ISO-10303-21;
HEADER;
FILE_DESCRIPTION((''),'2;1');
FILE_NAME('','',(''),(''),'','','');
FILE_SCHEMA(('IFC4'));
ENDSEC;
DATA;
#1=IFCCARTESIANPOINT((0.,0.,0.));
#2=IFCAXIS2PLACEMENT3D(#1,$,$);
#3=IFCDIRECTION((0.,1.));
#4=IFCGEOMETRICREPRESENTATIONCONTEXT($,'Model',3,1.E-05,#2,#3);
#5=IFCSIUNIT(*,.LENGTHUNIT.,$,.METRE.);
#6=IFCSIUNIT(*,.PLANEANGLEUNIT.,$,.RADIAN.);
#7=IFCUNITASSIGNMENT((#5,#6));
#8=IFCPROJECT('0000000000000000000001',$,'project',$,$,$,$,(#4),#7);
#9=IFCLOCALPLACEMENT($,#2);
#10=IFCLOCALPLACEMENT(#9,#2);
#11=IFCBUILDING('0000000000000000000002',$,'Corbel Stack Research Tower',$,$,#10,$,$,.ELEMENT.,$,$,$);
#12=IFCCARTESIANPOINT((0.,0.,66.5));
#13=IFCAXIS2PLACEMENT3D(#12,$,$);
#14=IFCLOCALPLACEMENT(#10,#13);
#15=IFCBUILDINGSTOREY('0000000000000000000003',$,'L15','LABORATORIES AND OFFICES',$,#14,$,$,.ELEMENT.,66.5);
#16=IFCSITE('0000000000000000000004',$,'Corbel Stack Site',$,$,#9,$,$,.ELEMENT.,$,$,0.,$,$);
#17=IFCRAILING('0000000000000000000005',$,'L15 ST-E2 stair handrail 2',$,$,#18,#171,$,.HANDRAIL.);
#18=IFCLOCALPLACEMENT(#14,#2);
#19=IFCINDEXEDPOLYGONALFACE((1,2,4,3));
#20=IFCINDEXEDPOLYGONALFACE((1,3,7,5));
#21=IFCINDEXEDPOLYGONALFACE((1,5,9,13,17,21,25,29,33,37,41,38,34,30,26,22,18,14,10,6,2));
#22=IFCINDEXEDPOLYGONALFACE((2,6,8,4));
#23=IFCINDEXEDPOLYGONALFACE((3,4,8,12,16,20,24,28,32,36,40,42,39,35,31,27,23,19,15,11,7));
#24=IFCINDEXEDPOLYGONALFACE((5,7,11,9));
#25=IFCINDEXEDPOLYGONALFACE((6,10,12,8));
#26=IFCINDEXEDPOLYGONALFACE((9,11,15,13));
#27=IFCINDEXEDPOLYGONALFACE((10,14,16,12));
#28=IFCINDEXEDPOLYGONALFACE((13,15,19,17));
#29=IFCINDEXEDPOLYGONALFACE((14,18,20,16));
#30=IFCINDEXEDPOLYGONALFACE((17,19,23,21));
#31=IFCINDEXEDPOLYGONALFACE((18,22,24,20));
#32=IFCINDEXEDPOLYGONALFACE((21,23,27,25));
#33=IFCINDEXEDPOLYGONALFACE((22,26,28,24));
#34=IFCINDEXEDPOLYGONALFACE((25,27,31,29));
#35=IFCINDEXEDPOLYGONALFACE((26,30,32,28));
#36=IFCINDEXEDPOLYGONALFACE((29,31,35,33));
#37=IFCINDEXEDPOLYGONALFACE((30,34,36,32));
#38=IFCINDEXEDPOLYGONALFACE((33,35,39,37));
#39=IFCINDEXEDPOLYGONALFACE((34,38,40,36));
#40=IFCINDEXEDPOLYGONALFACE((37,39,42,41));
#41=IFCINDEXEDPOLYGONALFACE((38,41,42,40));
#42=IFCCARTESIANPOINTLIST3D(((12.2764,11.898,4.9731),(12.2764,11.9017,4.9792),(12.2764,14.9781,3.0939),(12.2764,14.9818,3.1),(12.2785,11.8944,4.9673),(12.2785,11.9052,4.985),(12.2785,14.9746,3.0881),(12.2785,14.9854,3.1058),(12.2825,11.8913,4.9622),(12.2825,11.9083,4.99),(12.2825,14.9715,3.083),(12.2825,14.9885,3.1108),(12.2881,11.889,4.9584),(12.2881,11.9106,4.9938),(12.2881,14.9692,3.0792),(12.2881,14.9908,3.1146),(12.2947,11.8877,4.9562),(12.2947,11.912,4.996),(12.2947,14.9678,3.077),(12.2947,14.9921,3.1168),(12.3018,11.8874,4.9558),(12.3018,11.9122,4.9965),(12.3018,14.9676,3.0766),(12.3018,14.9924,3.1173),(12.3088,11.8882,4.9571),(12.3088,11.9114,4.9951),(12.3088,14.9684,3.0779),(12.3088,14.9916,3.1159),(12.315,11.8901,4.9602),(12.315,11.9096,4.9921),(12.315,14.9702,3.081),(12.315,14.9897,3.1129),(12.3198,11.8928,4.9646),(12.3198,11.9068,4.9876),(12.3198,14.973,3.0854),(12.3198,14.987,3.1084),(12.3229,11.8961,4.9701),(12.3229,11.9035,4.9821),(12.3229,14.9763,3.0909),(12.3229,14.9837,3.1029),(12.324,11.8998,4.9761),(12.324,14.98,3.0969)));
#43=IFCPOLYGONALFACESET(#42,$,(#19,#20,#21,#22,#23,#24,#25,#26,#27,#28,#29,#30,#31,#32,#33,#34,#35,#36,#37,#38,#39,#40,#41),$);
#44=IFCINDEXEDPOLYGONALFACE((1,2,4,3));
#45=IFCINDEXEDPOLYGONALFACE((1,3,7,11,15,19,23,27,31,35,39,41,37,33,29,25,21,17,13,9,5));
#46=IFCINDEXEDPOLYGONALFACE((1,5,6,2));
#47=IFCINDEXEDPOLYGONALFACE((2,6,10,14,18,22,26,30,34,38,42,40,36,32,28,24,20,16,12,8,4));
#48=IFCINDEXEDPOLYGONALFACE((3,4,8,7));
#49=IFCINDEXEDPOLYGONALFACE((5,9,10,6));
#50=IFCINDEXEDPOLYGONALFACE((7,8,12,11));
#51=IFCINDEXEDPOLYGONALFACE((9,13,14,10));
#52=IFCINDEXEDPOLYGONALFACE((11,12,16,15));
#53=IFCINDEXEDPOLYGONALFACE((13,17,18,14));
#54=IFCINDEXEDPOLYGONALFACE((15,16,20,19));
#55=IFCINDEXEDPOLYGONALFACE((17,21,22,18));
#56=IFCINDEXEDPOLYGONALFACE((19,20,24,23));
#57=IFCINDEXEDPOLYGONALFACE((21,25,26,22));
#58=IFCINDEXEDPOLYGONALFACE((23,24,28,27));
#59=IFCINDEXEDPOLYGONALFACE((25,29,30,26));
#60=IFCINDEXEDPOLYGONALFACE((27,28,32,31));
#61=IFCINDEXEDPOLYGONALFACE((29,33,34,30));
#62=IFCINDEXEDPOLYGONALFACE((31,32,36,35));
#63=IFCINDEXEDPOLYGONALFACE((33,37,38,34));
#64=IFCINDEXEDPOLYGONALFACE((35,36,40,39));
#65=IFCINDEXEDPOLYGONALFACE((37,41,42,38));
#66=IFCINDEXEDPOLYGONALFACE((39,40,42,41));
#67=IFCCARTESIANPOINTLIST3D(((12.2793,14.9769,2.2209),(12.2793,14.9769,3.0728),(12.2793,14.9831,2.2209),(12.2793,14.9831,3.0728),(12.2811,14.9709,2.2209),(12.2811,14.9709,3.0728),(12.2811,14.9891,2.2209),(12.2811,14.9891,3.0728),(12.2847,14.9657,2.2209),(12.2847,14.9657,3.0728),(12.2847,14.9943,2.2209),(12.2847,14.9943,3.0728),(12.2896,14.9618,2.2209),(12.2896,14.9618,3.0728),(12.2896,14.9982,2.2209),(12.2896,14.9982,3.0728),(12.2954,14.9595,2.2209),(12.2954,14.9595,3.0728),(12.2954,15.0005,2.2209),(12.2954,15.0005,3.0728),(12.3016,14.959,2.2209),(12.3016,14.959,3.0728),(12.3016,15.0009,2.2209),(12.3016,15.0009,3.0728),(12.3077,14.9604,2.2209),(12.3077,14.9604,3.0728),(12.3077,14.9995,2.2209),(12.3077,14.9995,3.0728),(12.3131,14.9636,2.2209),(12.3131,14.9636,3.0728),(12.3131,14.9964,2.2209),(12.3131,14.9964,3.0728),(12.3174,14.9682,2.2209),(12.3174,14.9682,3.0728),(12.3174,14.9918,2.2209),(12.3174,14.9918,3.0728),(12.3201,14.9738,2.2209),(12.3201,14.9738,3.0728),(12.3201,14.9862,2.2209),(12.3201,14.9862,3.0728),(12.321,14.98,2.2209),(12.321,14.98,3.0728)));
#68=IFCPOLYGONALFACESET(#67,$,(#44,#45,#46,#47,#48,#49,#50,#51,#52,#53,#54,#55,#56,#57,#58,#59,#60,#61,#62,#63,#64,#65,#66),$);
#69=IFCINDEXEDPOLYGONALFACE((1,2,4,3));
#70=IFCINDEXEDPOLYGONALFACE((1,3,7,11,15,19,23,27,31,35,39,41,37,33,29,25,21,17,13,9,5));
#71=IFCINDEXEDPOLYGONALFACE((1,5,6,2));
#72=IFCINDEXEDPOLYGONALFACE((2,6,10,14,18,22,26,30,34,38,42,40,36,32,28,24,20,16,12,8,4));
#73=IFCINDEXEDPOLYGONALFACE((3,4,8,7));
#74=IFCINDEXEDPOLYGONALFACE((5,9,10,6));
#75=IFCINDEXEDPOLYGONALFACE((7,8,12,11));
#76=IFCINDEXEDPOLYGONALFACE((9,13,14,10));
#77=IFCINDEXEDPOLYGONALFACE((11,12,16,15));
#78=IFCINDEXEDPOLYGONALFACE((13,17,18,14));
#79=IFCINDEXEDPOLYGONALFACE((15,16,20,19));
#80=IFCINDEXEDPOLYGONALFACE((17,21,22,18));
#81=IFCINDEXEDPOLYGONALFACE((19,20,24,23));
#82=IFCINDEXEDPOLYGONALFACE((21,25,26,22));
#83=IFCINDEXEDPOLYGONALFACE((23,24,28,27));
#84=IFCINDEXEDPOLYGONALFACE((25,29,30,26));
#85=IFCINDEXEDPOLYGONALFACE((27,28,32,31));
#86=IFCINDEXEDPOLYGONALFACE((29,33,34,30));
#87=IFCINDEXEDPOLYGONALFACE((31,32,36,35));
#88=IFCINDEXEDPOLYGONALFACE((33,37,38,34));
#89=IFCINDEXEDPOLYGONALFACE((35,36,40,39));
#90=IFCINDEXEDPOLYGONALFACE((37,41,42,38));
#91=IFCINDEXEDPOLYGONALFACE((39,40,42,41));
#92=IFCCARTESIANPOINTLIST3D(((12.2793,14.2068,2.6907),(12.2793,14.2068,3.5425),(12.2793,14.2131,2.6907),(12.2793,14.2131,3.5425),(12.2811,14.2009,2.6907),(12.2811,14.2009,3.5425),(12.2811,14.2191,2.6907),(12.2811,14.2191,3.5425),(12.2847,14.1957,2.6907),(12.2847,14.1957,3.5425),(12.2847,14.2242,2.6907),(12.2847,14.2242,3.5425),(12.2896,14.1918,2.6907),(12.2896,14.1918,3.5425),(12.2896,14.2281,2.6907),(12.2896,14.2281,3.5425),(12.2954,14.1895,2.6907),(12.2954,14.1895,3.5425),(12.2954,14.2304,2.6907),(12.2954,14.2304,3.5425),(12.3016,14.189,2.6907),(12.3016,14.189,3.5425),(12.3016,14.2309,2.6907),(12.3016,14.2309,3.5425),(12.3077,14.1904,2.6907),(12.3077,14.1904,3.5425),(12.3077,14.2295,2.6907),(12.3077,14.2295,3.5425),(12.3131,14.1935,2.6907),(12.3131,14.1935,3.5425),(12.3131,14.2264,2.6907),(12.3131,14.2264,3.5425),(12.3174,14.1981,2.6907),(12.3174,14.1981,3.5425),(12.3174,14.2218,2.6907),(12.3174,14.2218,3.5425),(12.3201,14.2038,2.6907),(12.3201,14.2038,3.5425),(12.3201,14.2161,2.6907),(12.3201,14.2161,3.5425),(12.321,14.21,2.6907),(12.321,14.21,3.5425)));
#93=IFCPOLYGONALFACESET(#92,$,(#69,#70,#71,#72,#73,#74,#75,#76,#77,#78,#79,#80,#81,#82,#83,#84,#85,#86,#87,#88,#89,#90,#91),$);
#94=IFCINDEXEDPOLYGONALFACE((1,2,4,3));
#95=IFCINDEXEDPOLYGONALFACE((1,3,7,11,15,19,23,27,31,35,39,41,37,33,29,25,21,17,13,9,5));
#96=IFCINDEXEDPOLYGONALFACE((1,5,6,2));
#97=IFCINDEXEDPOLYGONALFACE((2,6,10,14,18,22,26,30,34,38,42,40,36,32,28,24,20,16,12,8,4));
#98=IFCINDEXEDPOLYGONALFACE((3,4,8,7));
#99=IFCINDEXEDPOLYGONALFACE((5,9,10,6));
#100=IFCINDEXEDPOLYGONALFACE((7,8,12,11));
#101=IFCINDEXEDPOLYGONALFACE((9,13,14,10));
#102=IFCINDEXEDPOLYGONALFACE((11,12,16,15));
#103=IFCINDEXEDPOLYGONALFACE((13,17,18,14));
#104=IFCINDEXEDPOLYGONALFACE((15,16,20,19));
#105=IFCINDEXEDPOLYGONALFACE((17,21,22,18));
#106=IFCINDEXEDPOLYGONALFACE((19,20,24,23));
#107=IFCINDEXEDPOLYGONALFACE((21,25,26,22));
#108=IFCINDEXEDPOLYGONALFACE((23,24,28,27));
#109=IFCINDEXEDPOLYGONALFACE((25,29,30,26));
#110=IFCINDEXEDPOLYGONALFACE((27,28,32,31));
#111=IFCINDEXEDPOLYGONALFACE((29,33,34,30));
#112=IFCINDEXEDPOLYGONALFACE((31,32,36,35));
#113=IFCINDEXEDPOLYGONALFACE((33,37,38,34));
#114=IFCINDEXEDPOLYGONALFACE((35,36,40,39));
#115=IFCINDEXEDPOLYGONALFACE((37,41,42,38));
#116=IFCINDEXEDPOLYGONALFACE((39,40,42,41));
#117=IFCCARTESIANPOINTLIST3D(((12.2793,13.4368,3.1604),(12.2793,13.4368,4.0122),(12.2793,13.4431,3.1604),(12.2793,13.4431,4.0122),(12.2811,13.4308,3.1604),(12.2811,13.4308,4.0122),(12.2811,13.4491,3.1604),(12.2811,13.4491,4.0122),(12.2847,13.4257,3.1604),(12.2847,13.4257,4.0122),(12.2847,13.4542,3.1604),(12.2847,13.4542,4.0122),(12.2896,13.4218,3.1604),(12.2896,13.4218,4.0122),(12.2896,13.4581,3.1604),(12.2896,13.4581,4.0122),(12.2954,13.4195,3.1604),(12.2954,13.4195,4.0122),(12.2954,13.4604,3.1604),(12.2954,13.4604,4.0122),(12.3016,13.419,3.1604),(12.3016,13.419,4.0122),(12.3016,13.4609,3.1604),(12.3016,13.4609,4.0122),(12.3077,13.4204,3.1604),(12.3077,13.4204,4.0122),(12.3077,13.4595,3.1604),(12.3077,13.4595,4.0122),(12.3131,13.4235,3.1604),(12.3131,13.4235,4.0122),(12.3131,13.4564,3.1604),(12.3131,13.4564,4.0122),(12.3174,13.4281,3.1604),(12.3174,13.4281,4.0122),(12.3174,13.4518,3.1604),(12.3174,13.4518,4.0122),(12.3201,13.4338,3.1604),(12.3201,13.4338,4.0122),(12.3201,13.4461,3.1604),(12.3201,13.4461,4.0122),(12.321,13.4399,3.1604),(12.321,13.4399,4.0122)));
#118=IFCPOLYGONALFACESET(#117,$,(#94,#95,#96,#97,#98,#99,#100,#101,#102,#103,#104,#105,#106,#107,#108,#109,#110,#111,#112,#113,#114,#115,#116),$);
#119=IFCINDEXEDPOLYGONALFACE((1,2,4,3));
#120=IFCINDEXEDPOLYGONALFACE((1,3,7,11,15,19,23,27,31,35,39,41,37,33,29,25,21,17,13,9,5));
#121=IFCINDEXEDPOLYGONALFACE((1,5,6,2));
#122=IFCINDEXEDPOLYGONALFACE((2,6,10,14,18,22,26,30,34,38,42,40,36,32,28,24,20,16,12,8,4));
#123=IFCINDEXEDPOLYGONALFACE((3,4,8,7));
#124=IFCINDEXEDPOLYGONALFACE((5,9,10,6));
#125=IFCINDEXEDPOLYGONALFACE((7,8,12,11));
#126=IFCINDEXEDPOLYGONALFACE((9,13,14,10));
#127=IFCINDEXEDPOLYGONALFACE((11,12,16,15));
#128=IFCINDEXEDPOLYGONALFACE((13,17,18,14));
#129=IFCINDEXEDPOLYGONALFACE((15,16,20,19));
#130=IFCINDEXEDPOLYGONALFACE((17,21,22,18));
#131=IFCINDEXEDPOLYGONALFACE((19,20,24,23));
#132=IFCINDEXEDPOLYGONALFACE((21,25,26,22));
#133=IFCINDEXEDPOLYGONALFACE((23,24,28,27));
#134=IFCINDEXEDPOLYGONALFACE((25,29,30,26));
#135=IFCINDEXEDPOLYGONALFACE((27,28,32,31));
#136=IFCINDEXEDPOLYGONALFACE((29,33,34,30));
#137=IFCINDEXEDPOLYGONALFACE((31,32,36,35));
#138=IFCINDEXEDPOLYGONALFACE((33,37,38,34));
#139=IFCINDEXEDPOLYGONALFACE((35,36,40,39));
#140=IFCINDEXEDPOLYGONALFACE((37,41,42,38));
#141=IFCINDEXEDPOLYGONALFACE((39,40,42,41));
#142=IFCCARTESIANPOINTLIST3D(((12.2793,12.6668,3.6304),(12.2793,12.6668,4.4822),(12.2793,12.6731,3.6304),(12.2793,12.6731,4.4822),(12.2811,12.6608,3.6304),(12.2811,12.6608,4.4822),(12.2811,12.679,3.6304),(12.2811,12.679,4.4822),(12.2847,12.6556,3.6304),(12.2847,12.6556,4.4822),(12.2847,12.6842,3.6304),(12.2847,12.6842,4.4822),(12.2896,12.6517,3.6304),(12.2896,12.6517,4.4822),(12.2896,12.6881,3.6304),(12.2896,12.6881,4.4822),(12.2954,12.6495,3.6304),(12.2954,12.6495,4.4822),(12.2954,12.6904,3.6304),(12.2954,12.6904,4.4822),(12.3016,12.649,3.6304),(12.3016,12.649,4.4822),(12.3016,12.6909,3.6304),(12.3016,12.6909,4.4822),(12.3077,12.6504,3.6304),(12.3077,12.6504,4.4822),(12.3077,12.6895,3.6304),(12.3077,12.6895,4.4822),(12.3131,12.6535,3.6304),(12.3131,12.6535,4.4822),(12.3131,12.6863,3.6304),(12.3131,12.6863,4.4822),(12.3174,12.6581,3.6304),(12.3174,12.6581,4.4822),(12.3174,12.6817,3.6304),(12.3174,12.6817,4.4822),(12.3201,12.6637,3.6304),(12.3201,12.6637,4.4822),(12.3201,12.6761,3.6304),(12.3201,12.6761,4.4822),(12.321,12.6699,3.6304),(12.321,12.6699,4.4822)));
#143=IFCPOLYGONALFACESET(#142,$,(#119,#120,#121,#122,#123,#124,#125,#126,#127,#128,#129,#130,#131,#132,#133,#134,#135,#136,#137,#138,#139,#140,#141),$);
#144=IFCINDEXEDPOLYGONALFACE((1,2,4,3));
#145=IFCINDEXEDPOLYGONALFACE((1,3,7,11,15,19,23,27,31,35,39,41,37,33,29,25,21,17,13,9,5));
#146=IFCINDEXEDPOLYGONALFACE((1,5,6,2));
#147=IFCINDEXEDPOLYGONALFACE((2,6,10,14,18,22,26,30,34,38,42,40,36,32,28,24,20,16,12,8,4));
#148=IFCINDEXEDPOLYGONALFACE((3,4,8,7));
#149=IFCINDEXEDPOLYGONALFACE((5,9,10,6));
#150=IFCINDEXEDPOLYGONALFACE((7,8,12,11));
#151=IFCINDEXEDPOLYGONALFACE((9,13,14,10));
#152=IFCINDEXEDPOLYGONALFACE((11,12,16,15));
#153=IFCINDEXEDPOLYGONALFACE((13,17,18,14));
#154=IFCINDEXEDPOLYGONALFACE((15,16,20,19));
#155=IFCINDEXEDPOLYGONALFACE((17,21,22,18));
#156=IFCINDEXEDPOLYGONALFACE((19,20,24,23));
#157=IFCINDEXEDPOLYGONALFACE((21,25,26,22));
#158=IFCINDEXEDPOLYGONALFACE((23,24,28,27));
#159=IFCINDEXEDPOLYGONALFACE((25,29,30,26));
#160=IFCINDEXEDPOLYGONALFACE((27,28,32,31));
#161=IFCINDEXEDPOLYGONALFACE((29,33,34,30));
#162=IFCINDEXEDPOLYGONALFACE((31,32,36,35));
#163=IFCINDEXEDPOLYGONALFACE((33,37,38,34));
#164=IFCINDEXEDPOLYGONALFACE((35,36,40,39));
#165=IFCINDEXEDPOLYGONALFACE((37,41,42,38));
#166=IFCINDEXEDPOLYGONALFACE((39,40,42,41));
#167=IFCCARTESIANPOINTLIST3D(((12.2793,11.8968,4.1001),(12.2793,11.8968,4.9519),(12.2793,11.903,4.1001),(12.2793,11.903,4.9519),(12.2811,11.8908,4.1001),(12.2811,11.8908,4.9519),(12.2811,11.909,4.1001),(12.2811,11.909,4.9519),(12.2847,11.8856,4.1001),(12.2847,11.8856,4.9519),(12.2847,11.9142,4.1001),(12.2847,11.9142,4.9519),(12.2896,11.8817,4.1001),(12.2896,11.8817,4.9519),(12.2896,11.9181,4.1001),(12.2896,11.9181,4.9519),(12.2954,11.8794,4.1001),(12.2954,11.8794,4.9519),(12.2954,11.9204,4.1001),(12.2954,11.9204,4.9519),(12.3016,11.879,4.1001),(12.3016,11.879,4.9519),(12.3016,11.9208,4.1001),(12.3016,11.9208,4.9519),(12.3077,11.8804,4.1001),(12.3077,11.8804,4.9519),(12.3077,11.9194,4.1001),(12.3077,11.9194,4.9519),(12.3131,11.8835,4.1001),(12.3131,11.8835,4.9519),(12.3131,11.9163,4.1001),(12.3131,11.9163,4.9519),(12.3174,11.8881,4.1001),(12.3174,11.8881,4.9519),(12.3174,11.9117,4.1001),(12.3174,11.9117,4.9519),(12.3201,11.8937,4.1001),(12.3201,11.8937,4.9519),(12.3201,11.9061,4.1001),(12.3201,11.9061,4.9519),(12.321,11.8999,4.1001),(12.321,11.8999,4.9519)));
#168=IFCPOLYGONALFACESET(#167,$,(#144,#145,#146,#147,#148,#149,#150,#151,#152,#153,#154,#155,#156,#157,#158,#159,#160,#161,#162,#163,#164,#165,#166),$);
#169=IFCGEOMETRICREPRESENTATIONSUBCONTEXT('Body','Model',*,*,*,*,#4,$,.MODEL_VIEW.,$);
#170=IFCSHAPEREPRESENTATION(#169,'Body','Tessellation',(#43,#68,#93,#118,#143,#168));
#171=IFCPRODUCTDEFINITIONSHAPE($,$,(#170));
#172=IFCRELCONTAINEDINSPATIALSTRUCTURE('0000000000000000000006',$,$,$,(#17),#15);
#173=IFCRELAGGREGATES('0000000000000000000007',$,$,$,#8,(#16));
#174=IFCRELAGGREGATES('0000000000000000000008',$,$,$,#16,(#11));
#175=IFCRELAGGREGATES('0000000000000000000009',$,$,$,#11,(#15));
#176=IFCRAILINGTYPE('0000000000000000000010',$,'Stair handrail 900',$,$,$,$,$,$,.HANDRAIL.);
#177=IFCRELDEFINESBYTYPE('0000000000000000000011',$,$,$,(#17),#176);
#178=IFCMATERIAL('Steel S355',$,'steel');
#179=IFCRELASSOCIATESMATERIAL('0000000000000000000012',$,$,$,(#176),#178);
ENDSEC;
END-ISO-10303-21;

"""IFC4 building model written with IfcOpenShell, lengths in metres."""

from ifc_helpers import new_model, si_unit, direction, frame, origin, origin_2d, place, context, subcontext, project, spatial, circle, extrude, material, type_object, element, save


model = new_model("IFC4")

# Units and contexts
model_context = context("Model", 3, precision=1e-05, world=origin(), true_north=direction((0.0, 1.0)))
body_context = subcontext(model_context, "Body", "Model", "MODEL_VIEW")
ifc_project = project(units=[si_unit("LENGTHUNIT", "METRE"), si_unit("PLANEANGLEUNIT", "RADIAN")], contexts=[model_context])

# Site, building, storey
site_placement = place(None, origin())
site = spatial("IfcSite", under=ifc_project, at=site_placement, Name="Corbel Stack Site", CompositionType="ELEMENT", RefElevation=0.0)
building_placement = place(site_placement, origin())
building = spatial("IfcBuilding", under=site, at=building_placement, Name="Corbel Stack Research Tower", CompositionType="ELEMENT")
storey_placement = place(building_placement, frame((0.0, 0.0, 66.5)))
storey = spatial("IfcBuildingStorey", under=building, at=storey_placement, Name="L15", Description="LABORATORIES AND OFFICES", CompositionType="ELEMENT", Elevation=66.5)

# Railing
ifc_material_1 = material(Name="Steel S355", Category="steel")
railing_type_1 = type_object("IfcRailingType", Name="Stair handrail 900", PredefinedType="HANDRAIL", material=ifc_material_1)
railing_1_placement = place(storey_placement, frame((12.3, 14.98, 2.2209)))
element("IfcRailing", 1, at=railing_1_placement, inside=storey, type_object=railing_type_1, Name="L15 ST-E2 stair handrail 2", PredefinedType="HANDRAIL", context=body_context, shape_type="SweptSolid", body=[
    extrude(circle(Radius=0.0239, at=origin_2d()), frame((0.0, 0.0, 0.876), z_axis=(0.0, -0.853666, 0.52082), x_axis=(1.0, 0.0, 0.0)), (0.0, 0.0, 1.0), 3.6082),
    extrude(circle(Radius=0.021, at=origin_2d()), origin(), (0.0, 0.0, 1.0), 0.8518),
    extrude(circle(Radius=0.021, at=origin_2d()), frame((0.0, -0.77, 0.4697)), (0.0, 0.0, 1.0), 0.8518),
    extrude(circle(Radius=0.021, at=origin_2d()), frame((0.0, -1.54, 0.9395)), (0.0, 0.0, 1.0), 0.8518),
    extrude(circle(Radius=0.021, at=origin_2d()), frame((0.0, -2.3101, 1.4094)), (0.0, 0.0, 1.0), 0.8518),
    extrude(circle(Radius=0.021, at=origin_2d()), frame((0.0, -3.0801, 1.8792)), (0.0, 0.0, 1.0), 0.8518),
])

save(model, "model.ifc")
